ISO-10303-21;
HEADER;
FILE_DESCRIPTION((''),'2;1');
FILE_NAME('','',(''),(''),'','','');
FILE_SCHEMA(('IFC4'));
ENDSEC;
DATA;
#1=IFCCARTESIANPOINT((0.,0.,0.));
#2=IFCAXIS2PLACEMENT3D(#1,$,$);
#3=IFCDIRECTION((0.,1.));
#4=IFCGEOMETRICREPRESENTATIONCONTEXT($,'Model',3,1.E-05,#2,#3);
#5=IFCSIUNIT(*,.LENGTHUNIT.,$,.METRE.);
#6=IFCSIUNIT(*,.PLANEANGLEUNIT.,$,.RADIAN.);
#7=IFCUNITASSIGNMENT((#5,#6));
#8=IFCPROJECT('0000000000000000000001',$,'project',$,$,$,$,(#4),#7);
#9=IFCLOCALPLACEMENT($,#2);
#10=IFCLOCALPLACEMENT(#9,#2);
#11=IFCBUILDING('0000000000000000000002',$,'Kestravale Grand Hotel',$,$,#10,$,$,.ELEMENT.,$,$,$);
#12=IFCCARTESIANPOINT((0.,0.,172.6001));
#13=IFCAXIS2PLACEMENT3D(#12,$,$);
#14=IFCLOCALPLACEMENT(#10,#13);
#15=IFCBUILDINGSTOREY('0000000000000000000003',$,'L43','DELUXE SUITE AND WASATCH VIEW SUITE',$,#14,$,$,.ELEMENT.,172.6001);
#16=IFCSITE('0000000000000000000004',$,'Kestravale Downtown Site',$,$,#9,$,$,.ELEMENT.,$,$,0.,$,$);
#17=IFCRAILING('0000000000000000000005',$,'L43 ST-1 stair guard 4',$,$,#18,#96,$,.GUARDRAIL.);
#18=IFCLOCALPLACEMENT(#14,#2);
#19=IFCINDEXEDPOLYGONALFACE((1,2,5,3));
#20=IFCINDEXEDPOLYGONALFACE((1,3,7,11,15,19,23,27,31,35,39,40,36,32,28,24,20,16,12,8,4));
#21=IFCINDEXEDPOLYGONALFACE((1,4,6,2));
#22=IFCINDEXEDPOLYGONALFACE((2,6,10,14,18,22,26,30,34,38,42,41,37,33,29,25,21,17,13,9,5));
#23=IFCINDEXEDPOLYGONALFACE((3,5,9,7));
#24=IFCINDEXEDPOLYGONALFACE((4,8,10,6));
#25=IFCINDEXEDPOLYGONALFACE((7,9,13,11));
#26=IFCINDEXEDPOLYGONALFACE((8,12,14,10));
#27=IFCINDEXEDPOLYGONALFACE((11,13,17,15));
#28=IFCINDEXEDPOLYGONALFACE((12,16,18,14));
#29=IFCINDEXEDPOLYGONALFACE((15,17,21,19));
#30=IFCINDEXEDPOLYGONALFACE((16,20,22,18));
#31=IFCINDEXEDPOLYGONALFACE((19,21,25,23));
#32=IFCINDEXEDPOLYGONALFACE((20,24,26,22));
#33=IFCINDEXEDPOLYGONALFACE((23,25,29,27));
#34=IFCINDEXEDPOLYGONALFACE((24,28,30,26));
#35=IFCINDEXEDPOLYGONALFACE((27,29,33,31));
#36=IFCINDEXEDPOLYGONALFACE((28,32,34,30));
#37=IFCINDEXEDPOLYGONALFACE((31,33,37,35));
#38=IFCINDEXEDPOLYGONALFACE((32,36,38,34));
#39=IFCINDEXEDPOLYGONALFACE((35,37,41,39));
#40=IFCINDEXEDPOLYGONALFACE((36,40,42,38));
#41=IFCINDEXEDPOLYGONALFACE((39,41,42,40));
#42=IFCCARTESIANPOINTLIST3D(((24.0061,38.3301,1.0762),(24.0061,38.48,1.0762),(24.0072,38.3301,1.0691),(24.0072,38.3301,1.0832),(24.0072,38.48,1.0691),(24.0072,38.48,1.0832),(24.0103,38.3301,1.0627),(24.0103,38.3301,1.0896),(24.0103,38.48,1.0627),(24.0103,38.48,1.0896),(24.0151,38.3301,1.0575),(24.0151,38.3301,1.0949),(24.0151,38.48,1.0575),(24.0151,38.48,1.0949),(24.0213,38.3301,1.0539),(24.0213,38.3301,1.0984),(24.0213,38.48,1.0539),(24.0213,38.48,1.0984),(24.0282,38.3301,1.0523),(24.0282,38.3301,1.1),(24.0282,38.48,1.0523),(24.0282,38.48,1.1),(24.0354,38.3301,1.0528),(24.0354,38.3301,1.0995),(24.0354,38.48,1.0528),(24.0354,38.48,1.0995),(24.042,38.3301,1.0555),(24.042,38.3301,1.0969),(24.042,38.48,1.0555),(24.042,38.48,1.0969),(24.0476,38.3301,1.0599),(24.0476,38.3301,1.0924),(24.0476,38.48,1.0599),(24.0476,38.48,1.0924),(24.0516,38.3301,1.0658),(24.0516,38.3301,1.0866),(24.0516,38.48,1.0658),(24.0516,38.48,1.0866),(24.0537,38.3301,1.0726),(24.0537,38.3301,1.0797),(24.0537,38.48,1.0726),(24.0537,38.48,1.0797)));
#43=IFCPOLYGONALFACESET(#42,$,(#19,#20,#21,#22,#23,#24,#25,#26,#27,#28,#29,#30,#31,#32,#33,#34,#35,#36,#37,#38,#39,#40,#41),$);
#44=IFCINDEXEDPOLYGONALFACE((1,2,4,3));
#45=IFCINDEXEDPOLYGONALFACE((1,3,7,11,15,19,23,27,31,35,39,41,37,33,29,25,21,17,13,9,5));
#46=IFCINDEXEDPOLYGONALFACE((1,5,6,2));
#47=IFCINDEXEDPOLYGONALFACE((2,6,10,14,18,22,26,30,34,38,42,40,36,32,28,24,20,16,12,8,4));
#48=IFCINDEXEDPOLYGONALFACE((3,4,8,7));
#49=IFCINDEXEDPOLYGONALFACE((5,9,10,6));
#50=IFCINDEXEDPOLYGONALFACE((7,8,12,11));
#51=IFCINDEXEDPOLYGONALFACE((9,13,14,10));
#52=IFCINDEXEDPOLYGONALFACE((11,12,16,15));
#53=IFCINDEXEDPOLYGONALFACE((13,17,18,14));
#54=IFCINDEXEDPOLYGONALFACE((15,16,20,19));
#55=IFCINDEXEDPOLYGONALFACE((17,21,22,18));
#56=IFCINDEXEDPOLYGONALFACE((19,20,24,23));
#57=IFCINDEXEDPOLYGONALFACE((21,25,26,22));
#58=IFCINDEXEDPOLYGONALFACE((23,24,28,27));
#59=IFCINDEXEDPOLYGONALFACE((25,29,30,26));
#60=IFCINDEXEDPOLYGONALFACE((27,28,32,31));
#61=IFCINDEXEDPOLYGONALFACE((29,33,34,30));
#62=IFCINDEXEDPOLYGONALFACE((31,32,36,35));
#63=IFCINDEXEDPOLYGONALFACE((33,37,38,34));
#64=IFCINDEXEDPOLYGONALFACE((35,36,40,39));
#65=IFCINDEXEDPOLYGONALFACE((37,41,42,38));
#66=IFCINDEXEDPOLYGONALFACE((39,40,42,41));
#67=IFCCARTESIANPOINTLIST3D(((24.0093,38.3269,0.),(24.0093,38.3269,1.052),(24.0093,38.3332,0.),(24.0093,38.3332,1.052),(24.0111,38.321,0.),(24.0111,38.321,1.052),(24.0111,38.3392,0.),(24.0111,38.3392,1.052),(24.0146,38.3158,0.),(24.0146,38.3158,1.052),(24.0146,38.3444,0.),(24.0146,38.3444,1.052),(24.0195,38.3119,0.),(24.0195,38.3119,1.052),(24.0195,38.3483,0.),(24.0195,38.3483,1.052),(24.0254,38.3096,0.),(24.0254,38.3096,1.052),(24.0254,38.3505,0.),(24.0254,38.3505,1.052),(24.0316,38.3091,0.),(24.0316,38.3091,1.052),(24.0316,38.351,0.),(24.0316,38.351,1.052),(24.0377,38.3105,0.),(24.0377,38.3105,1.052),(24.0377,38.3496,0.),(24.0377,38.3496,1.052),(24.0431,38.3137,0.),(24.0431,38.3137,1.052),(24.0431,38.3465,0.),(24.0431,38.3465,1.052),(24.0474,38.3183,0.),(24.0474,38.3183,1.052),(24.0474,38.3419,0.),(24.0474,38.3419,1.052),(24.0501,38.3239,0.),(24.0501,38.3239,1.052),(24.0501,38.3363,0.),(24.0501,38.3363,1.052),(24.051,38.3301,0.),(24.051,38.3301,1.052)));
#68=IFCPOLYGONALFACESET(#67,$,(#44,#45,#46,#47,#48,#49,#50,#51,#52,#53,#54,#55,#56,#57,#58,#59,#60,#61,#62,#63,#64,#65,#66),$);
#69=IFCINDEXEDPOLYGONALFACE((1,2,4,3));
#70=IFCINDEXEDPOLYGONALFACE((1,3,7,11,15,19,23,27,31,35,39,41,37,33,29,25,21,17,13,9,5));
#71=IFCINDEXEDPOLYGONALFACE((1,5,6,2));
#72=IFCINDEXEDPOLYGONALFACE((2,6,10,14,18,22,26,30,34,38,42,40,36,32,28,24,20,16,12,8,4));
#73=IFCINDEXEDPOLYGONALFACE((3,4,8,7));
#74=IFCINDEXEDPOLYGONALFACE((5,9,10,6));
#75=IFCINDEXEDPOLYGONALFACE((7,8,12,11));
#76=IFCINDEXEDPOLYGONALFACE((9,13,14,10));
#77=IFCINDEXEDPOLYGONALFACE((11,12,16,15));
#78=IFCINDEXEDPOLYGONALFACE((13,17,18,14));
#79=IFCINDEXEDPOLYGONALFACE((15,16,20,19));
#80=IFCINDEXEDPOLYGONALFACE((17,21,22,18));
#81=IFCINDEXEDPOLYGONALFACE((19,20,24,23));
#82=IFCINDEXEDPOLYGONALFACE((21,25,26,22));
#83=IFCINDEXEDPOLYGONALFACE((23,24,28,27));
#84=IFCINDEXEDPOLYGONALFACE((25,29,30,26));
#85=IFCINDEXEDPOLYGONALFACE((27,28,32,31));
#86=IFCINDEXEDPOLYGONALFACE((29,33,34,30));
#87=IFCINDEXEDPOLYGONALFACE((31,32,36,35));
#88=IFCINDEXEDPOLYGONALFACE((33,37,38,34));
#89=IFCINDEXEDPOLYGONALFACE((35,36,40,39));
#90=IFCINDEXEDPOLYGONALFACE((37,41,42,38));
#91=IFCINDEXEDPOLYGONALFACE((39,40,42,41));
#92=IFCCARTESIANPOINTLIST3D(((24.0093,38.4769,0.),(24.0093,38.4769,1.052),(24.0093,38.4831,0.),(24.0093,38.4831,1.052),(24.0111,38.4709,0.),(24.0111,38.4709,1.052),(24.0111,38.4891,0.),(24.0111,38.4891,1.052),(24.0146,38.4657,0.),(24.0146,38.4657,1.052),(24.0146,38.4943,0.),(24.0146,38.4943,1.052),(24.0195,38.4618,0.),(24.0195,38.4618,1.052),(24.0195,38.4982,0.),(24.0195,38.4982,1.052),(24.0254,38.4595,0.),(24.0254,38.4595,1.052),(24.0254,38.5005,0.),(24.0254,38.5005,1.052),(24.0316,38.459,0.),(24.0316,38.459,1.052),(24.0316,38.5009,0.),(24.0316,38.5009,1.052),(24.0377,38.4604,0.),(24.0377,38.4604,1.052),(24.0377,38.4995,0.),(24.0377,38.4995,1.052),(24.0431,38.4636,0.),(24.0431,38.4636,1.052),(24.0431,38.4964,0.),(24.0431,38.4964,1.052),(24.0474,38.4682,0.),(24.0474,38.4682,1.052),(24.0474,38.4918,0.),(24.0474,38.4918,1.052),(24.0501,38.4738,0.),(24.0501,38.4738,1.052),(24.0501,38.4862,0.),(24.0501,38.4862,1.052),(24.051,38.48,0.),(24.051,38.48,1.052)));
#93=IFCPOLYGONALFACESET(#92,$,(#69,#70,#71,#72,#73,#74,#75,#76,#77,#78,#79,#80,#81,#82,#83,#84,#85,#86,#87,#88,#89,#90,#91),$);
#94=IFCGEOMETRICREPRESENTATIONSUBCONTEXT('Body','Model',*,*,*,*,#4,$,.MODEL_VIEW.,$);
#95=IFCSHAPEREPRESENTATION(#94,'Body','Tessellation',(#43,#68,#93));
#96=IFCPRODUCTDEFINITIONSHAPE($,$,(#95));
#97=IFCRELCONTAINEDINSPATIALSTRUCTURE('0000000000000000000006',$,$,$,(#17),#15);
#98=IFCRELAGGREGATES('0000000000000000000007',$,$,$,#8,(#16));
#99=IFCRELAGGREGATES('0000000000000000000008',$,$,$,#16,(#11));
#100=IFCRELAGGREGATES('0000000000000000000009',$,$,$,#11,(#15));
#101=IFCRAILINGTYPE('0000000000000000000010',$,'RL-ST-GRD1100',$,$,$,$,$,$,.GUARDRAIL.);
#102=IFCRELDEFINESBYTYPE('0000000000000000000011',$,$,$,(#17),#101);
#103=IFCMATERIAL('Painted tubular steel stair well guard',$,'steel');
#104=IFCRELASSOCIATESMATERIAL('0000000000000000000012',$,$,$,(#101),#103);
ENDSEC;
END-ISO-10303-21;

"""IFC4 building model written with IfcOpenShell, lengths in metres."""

from ifc_helpers import new_model, si_unit, direction, frame, origin, origin_2d, place, context, subcontext, project, spatial, circle, extrude, material, type_object, element, save


model = new_model("IFC4")

# Units and contexts
model_context = context("Model", 3, precision=1e-05, world=origin(), true_north=direction((0.0, 1.0)))
body_context = subcontext(model_context, "Body", "Model", "MODEL_VIEW")
ifc_project = project(units=[si_unit("LENGTHUNIT", "METRE"), si_unit("PLANEANGLEUNIT", "RADIAN")], contexts=[model_context])

# Site, building, storey
site_placement = place(None, origin())
site = spatial("IfcSite", under=ifc_project, at=site_placement, Name="Kestravale Downtown Site", CompositionType="ELEMENT", RefElevation=0.0)
building_placement = place(site_placement, origin())
building = spatial("IfcBuilding", under=site, at=building_placement, Name="Kestravale Grand Hotel", CompositionType="ELEMENT")
storey_placement = place(building_placement, frame((0.0, 0.0, 172.6001)))
storey = spatial("IfcBuildingStorey", under=building, at=storey_placement, Name="L43", Description="DELUXE SUITE AND WASATCH VIEW SUITE", CompositionType="ELEMENT", Elevation=172.6001)

# Railing
ifc_material_1 = material(Name="Painted tubular steel stair well guard", Category="steel")
railing_type_1 = type_object("IfcRailingType", Name="RL-ST-GRD1100", PredefinedType="GUARDRAIL", material=ifc_material_1)
railing_1_placement = place(storey_placement, frame((24.03, 38.3301, 0.0)))
element("IfcRailing", 1, at=railing_1_placement, inside=storey, type_object=railing_type_1, Name="L43 ST-1 stair guard 4", PredefinedType="GUARDRAIL", context=body_context, shape_type="SweptSolid", body=[
    extrude(circle(Radius=0.0239, at=origin_2d()), frame((0.0, 0.0, 1.0762), z_axis=(0.0, 1.0, 0.0), x_axis=(-1.0, 0.0, 0.0)), (0.0, 0.0, 1.0), 0.1499),
    extrude(circle(Radius=0.021, at=origin_2d()), origin(), (0.0, 0.0, 1.0), 1.052),
    extrude(circle(Radius=0.021, at=origin_2d()), frame((0.0, 0.1499, 0.0)), (0.0, 0.0, 1.0), 1.052),
])

save(model, "model.ifc")
